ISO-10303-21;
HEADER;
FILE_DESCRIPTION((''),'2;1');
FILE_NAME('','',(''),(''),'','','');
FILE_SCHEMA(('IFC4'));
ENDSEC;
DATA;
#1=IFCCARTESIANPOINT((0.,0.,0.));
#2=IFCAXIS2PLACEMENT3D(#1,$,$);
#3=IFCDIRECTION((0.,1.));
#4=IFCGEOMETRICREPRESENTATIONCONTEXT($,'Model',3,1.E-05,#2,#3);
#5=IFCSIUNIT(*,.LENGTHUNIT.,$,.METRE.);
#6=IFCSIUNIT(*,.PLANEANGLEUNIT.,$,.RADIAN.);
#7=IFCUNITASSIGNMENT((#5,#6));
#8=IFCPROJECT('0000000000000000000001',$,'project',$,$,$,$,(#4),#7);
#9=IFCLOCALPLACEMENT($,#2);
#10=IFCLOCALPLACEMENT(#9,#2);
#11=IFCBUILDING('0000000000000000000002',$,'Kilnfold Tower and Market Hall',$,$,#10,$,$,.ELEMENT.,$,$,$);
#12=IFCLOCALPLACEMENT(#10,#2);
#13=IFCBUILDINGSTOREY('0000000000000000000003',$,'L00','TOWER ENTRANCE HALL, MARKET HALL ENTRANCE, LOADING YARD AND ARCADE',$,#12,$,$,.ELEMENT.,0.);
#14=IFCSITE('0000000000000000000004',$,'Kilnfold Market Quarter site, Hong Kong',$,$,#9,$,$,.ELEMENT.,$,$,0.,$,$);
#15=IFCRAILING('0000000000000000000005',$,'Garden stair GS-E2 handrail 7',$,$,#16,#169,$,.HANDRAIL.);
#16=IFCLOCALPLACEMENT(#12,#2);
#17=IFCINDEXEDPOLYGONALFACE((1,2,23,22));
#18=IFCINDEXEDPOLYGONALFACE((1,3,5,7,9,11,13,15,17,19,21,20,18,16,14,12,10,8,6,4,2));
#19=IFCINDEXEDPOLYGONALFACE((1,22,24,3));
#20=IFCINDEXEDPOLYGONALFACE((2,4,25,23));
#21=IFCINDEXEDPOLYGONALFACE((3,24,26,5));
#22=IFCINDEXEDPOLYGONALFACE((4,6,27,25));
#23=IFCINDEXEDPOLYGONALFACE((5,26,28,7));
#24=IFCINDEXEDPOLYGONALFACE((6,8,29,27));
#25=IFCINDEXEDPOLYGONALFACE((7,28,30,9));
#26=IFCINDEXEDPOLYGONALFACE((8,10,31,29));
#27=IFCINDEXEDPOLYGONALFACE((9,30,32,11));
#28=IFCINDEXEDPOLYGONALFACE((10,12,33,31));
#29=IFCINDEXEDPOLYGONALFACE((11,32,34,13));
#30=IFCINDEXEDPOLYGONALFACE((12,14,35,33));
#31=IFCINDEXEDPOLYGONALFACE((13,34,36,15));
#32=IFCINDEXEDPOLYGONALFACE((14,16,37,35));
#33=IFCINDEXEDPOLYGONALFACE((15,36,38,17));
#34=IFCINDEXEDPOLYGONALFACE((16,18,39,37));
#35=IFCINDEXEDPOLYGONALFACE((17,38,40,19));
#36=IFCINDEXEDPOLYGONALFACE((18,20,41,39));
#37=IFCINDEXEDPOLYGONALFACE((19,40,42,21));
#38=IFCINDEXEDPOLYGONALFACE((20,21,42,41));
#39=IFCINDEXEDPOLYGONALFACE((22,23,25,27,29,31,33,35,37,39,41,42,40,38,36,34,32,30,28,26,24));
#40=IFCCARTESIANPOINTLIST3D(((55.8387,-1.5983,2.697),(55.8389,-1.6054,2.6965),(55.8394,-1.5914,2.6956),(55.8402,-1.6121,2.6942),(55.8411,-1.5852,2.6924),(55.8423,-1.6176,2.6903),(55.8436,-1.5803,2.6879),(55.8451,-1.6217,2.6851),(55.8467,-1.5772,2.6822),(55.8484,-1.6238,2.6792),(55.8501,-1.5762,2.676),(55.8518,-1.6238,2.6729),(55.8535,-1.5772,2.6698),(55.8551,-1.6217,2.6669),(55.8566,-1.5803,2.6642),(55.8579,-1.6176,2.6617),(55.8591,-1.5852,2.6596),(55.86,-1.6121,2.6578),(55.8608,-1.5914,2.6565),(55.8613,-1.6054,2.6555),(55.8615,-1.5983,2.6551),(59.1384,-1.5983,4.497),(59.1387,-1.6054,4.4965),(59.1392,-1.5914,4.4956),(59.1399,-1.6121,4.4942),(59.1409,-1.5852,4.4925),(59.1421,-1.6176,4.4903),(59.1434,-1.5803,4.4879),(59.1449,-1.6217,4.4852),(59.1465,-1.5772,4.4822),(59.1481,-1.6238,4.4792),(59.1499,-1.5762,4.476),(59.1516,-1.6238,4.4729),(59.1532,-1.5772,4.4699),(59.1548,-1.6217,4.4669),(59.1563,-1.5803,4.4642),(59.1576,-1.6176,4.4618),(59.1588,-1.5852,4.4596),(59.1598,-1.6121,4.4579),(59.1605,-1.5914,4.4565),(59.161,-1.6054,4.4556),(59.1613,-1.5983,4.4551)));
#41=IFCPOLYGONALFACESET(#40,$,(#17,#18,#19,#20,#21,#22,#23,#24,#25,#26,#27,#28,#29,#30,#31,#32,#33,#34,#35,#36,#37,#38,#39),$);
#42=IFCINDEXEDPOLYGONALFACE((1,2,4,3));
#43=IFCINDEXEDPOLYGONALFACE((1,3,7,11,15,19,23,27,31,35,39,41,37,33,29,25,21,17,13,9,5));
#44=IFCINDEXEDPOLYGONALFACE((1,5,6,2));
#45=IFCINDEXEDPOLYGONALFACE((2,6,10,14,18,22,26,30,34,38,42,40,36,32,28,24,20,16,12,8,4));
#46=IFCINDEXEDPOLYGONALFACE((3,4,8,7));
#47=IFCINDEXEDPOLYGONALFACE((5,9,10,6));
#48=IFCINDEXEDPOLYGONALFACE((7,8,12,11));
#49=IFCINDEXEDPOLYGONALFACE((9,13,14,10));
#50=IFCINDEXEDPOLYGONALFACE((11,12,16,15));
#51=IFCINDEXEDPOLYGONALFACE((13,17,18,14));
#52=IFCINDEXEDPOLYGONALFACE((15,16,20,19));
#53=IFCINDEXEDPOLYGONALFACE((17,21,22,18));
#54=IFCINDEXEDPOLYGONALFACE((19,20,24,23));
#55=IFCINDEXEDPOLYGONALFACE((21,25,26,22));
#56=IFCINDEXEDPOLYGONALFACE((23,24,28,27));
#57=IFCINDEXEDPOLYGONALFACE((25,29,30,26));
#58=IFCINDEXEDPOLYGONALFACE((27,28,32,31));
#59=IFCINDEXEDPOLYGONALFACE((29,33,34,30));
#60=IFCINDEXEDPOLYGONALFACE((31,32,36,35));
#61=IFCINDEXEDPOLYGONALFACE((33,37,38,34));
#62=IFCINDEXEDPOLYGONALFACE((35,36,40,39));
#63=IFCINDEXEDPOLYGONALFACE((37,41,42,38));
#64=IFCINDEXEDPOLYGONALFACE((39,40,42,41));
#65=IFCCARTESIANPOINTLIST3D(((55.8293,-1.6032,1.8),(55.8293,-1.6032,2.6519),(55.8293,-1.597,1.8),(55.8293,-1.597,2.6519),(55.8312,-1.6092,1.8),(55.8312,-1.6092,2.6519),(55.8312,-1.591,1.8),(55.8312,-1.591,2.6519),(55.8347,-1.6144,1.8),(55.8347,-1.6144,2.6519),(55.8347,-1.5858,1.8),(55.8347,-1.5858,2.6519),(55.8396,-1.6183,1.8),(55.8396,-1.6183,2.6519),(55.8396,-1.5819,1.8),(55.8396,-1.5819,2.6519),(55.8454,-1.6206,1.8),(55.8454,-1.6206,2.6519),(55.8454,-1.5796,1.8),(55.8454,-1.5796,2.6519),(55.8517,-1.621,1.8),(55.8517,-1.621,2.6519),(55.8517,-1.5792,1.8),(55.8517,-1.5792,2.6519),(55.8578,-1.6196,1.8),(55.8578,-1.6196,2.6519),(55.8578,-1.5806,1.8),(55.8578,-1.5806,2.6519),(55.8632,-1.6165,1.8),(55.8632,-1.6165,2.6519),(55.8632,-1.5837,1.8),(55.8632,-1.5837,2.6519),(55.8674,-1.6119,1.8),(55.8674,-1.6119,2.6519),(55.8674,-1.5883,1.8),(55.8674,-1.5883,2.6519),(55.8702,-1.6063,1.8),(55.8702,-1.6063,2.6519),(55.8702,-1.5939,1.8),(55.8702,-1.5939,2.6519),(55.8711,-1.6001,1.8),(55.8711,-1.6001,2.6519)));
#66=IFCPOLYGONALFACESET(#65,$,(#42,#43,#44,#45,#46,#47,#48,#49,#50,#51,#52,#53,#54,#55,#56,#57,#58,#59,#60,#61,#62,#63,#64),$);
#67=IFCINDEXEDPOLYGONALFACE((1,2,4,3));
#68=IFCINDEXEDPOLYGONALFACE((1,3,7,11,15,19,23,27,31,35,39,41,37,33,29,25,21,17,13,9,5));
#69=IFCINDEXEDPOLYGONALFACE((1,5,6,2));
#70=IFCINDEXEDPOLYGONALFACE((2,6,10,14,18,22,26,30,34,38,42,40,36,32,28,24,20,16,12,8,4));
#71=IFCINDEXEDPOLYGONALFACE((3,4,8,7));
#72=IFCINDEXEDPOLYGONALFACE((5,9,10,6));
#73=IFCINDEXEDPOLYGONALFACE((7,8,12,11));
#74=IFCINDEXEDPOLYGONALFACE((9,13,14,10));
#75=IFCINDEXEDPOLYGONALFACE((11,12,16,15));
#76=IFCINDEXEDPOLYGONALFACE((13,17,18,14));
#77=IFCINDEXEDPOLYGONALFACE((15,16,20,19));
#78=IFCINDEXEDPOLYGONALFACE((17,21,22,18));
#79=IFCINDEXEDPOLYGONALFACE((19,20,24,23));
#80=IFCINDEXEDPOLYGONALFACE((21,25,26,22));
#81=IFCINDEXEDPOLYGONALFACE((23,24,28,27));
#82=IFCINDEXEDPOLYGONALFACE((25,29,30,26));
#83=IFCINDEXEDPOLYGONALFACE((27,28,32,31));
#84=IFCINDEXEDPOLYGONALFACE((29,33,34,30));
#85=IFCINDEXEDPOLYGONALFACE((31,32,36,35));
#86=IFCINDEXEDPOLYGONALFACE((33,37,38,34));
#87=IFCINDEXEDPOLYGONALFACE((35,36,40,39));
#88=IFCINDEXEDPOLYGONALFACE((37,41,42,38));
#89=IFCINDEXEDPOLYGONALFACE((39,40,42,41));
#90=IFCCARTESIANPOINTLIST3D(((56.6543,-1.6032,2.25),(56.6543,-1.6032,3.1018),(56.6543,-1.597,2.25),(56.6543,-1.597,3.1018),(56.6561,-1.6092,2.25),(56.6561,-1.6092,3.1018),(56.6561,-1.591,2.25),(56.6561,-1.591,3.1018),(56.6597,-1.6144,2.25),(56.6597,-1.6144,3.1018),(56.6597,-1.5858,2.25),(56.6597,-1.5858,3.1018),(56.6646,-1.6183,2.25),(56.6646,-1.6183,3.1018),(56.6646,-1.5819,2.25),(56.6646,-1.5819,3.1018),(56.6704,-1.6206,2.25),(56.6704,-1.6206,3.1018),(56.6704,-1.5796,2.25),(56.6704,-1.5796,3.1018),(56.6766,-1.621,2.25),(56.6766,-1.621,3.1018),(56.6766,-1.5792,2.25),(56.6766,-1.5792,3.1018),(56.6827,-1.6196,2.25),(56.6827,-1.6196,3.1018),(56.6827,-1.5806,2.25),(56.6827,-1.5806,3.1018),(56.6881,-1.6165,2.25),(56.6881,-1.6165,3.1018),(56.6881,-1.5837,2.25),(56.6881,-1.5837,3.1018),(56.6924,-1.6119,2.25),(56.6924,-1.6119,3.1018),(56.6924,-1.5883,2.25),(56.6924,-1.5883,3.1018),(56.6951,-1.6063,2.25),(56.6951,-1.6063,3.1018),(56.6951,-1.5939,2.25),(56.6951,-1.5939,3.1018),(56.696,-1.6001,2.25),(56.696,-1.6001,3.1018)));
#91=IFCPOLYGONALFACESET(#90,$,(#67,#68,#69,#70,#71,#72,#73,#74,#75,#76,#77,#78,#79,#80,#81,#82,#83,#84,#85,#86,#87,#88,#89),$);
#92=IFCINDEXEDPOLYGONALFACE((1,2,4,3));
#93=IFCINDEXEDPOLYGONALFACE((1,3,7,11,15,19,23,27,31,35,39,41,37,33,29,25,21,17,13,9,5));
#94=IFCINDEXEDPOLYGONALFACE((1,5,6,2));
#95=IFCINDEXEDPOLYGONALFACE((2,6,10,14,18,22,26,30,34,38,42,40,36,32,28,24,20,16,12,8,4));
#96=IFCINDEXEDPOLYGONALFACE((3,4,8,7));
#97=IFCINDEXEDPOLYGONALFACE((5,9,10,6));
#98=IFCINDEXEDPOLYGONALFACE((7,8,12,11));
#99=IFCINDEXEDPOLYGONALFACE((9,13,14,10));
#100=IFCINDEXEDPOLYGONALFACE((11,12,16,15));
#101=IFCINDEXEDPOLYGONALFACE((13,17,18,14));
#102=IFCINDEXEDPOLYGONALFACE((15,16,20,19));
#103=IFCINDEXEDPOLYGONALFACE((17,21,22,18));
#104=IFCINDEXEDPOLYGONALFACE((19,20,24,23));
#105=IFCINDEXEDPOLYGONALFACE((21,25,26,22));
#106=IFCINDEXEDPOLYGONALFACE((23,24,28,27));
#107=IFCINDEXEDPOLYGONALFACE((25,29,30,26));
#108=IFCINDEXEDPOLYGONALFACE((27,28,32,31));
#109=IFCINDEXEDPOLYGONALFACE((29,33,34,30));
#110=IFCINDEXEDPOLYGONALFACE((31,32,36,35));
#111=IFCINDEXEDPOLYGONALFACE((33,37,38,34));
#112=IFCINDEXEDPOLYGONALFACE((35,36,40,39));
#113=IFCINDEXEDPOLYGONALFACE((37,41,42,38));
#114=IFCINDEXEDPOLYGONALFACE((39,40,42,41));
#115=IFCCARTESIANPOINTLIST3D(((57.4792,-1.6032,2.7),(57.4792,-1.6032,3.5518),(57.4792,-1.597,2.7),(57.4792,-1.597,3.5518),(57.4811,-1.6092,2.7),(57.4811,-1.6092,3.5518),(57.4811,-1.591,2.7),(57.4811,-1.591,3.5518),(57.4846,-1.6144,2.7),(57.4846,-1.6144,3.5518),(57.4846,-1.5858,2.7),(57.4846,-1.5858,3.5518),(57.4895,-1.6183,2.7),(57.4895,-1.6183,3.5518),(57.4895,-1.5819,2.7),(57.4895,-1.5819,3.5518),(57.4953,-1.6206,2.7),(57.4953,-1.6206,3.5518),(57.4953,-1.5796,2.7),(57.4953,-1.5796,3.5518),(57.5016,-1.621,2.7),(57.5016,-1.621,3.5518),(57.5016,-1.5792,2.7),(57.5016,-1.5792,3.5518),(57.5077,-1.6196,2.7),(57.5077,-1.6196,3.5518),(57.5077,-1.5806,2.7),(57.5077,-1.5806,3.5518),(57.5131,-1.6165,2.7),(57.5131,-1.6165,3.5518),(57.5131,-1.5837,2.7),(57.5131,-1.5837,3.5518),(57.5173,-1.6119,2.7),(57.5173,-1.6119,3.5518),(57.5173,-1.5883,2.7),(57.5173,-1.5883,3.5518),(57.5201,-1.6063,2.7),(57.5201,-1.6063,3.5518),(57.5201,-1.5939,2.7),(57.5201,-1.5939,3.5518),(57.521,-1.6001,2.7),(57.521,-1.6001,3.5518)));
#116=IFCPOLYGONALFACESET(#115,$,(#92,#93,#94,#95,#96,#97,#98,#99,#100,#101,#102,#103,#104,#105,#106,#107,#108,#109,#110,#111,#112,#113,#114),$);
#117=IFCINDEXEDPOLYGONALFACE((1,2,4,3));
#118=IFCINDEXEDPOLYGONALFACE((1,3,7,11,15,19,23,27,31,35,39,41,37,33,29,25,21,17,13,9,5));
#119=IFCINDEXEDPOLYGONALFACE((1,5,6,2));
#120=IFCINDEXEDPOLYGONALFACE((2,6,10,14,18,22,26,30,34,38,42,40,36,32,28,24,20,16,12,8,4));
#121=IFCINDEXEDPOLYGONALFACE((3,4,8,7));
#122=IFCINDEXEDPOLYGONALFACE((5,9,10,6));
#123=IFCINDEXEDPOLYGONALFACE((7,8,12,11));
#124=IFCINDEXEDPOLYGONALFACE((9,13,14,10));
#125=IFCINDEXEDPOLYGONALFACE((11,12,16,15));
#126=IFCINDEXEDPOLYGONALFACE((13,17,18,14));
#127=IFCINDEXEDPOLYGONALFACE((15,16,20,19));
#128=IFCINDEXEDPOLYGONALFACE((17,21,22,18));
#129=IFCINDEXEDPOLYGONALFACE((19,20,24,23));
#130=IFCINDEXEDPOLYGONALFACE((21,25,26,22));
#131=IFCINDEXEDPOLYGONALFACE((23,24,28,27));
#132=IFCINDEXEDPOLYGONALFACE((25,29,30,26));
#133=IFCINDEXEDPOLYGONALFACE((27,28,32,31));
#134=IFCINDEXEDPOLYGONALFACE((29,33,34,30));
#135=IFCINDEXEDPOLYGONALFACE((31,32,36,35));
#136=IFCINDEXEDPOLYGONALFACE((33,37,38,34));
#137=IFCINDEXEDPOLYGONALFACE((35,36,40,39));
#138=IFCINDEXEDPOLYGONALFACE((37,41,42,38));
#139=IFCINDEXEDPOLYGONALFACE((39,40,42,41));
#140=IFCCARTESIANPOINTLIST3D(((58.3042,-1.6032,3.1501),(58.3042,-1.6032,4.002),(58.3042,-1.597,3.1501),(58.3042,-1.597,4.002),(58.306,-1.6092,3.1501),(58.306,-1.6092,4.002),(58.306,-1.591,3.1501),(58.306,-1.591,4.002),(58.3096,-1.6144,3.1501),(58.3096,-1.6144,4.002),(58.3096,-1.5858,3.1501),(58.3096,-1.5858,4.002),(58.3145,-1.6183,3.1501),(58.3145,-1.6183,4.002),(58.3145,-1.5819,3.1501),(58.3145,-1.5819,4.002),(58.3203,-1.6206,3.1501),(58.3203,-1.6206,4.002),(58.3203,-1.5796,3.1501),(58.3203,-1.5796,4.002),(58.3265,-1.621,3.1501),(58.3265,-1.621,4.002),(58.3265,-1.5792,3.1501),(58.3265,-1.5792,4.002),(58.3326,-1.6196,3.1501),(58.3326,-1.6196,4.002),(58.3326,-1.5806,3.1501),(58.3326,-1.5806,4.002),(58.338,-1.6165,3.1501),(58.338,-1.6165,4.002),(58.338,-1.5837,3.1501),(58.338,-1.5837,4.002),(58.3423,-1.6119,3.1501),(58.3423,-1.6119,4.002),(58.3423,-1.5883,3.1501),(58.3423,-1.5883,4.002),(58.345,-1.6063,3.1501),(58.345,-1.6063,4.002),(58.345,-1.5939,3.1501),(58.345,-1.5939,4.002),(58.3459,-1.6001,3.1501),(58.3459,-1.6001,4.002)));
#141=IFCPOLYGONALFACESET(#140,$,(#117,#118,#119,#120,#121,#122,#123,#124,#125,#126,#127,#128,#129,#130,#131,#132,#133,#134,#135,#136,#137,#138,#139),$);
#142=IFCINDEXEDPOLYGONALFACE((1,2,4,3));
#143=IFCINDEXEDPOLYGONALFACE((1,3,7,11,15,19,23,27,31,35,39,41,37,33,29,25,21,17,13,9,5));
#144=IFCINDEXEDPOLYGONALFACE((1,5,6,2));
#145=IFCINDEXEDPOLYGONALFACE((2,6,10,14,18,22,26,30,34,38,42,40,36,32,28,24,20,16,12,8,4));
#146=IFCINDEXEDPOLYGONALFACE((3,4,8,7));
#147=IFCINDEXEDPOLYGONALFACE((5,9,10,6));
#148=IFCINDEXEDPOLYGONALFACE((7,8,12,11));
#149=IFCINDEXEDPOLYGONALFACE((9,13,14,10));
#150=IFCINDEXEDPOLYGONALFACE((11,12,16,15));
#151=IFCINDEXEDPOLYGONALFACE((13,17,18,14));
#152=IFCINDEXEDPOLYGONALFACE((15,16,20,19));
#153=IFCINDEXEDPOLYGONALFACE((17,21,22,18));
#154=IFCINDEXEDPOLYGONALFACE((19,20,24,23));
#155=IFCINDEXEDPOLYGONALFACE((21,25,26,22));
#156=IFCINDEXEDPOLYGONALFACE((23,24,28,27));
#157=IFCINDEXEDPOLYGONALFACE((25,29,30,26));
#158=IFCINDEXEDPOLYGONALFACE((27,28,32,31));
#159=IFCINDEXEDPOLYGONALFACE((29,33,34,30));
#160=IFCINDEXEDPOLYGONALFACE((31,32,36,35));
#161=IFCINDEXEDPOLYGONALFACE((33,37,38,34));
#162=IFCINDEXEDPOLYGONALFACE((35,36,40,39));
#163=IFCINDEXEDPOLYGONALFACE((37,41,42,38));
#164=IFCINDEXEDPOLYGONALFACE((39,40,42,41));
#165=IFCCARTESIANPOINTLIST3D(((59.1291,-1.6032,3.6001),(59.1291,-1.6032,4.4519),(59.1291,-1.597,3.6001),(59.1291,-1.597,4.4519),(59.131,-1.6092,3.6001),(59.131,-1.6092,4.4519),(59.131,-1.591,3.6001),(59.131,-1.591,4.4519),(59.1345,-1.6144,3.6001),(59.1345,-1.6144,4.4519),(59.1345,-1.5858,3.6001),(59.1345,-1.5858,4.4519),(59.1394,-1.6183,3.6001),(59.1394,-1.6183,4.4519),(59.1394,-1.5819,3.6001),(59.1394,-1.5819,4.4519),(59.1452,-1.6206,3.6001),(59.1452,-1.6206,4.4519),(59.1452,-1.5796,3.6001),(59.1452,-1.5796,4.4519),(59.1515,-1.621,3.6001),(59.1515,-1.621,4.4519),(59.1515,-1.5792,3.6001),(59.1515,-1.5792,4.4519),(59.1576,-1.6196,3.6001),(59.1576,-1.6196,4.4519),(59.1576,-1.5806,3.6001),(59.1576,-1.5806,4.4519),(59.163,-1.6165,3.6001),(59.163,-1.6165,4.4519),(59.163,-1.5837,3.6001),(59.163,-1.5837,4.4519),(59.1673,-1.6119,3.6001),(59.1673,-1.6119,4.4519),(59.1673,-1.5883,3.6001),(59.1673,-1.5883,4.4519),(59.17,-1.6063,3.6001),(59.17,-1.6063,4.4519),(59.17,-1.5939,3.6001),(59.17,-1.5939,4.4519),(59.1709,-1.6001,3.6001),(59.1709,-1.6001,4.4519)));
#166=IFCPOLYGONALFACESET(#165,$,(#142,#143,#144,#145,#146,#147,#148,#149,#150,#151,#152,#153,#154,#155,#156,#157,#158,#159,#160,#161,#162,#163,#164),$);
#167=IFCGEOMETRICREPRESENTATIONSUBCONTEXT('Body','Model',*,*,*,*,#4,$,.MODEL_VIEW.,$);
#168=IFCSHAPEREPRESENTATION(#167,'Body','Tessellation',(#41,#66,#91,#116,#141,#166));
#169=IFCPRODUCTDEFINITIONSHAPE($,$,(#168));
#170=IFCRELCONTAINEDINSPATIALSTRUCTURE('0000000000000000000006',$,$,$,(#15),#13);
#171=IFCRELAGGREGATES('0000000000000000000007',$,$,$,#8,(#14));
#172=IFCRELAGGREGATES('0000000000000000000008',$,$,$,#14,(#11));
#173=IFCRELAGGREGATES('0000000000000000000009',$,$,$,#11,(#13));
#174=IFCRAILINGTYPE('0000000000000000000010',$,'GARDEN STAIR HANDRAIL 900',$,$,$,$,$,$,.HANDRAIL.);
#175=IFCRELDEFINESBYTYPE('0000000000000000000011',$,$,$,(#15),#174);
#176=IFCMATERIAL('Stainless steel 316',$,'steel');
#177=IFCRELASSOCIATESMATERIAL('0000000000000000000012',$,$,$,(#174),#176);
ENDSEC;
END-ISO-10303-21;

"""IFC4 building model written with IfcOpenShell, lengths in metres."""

from ifc_helpers import new_model, si_unit, direction, frame, origin, origin_2d, place, context, subcontext, project, spatial, circle, extrude, material, type_object, element, save


model = new_model("IFC4")

# Units and contexts
model_context = context("Model", 3, precision=1e-05, world=origin(), true_north=direction((0.0, 1.0)))
body_context = subcontext(model_context, "Body", "Model", "MODEL_VIEW")
ifc_project = project(units=[si_unit("LENGTHUNIT", "METRE"), si_unit("PLANEANGLEUNIT", "RADIAN")], contexts=[model_context])

# Site, building, storey
site_placement = place(None, origin())
site = spatial("IfcSite", under=ifc_project, at=site_placement, Name="Kilnfold Market Quarter site, Hong Kong", CompositionType="ELEMENT", RefElevation=0.0)
building_placement = place(site_placement, origin())
building = spatial("IfcBuilding", under=site, at=building_placement, Name="Kilnfold Tower and Market Hall", CompositionType="ELEMENT")
storey_placement = place(building_placement, origin())
storey = spatial("IfcBuildingStorey", under=building, at=storey_placement, Name="L00", Description="TOWER ENTRANCE HALL, MARKET HALL ENTRANCE, LOADING YARD AND ARCADE", CompositionType="ELEMENT", Elevation=0.0)

# Railing
ifc_material_1 = material(Name="Stainless steel 316", Category="steel")
railing_type_1 = type_object("IfcRailingType", Name="GARDEN STAIR HANDRAIL 900", PredefinedType="HANDRAIL", material=ifc_material_1)
railing_1_placement = place(storey_placement, frame((55.8501, -1.6001, 1.8)))
element("IfcRailing", 1, at=railing_1_placement, inside=storey, type_object=railing_type_1, Name="Garden stair GS-E2 handrail 7", PredefinedType="HANDRAIL", context=body_context, shape_type="SweptSolid", body=[
    extrude(circle(Radius=0.0239, at=origin_2d()), frame((0.0, 0.0, 0.876), z_axis=(0.877878, 0.0, 0.478884), x_axis=(0.0, 1.0, 0.0)), (0.0, 0.0, 1.0), 3.7588),
    extrude(circle(Radius=0.021, at=origin_2d()), origin(), (0.0, 0.0, 1.0), 0.8518),
    extrude(circle(Radius=0.021, at=origin_2d()), frame((0.825, 0.0, 0.45)), (0.0, 0.0, 1.0), 0.8518),
    extrude(circle(Radius=0.021, at=origin_2d()), frame((1.6499, 0.0, 0.8999)), (0.0, 0.0, 1.0), 0.8518),
    extrude(circle(Radius=0.021, at=origin_2d()), frame((2.4749, 0.0, 1.3501)), (0.0, 0.0, 1.0), 0.8518),
    extrude(circle(Radius=0.021, at=origin_2d()), frame((3.2998, 0.0, 1.8)), (0.0, 0.0, 1.0), 0.8518),
])

save(model, "model.ifc")
